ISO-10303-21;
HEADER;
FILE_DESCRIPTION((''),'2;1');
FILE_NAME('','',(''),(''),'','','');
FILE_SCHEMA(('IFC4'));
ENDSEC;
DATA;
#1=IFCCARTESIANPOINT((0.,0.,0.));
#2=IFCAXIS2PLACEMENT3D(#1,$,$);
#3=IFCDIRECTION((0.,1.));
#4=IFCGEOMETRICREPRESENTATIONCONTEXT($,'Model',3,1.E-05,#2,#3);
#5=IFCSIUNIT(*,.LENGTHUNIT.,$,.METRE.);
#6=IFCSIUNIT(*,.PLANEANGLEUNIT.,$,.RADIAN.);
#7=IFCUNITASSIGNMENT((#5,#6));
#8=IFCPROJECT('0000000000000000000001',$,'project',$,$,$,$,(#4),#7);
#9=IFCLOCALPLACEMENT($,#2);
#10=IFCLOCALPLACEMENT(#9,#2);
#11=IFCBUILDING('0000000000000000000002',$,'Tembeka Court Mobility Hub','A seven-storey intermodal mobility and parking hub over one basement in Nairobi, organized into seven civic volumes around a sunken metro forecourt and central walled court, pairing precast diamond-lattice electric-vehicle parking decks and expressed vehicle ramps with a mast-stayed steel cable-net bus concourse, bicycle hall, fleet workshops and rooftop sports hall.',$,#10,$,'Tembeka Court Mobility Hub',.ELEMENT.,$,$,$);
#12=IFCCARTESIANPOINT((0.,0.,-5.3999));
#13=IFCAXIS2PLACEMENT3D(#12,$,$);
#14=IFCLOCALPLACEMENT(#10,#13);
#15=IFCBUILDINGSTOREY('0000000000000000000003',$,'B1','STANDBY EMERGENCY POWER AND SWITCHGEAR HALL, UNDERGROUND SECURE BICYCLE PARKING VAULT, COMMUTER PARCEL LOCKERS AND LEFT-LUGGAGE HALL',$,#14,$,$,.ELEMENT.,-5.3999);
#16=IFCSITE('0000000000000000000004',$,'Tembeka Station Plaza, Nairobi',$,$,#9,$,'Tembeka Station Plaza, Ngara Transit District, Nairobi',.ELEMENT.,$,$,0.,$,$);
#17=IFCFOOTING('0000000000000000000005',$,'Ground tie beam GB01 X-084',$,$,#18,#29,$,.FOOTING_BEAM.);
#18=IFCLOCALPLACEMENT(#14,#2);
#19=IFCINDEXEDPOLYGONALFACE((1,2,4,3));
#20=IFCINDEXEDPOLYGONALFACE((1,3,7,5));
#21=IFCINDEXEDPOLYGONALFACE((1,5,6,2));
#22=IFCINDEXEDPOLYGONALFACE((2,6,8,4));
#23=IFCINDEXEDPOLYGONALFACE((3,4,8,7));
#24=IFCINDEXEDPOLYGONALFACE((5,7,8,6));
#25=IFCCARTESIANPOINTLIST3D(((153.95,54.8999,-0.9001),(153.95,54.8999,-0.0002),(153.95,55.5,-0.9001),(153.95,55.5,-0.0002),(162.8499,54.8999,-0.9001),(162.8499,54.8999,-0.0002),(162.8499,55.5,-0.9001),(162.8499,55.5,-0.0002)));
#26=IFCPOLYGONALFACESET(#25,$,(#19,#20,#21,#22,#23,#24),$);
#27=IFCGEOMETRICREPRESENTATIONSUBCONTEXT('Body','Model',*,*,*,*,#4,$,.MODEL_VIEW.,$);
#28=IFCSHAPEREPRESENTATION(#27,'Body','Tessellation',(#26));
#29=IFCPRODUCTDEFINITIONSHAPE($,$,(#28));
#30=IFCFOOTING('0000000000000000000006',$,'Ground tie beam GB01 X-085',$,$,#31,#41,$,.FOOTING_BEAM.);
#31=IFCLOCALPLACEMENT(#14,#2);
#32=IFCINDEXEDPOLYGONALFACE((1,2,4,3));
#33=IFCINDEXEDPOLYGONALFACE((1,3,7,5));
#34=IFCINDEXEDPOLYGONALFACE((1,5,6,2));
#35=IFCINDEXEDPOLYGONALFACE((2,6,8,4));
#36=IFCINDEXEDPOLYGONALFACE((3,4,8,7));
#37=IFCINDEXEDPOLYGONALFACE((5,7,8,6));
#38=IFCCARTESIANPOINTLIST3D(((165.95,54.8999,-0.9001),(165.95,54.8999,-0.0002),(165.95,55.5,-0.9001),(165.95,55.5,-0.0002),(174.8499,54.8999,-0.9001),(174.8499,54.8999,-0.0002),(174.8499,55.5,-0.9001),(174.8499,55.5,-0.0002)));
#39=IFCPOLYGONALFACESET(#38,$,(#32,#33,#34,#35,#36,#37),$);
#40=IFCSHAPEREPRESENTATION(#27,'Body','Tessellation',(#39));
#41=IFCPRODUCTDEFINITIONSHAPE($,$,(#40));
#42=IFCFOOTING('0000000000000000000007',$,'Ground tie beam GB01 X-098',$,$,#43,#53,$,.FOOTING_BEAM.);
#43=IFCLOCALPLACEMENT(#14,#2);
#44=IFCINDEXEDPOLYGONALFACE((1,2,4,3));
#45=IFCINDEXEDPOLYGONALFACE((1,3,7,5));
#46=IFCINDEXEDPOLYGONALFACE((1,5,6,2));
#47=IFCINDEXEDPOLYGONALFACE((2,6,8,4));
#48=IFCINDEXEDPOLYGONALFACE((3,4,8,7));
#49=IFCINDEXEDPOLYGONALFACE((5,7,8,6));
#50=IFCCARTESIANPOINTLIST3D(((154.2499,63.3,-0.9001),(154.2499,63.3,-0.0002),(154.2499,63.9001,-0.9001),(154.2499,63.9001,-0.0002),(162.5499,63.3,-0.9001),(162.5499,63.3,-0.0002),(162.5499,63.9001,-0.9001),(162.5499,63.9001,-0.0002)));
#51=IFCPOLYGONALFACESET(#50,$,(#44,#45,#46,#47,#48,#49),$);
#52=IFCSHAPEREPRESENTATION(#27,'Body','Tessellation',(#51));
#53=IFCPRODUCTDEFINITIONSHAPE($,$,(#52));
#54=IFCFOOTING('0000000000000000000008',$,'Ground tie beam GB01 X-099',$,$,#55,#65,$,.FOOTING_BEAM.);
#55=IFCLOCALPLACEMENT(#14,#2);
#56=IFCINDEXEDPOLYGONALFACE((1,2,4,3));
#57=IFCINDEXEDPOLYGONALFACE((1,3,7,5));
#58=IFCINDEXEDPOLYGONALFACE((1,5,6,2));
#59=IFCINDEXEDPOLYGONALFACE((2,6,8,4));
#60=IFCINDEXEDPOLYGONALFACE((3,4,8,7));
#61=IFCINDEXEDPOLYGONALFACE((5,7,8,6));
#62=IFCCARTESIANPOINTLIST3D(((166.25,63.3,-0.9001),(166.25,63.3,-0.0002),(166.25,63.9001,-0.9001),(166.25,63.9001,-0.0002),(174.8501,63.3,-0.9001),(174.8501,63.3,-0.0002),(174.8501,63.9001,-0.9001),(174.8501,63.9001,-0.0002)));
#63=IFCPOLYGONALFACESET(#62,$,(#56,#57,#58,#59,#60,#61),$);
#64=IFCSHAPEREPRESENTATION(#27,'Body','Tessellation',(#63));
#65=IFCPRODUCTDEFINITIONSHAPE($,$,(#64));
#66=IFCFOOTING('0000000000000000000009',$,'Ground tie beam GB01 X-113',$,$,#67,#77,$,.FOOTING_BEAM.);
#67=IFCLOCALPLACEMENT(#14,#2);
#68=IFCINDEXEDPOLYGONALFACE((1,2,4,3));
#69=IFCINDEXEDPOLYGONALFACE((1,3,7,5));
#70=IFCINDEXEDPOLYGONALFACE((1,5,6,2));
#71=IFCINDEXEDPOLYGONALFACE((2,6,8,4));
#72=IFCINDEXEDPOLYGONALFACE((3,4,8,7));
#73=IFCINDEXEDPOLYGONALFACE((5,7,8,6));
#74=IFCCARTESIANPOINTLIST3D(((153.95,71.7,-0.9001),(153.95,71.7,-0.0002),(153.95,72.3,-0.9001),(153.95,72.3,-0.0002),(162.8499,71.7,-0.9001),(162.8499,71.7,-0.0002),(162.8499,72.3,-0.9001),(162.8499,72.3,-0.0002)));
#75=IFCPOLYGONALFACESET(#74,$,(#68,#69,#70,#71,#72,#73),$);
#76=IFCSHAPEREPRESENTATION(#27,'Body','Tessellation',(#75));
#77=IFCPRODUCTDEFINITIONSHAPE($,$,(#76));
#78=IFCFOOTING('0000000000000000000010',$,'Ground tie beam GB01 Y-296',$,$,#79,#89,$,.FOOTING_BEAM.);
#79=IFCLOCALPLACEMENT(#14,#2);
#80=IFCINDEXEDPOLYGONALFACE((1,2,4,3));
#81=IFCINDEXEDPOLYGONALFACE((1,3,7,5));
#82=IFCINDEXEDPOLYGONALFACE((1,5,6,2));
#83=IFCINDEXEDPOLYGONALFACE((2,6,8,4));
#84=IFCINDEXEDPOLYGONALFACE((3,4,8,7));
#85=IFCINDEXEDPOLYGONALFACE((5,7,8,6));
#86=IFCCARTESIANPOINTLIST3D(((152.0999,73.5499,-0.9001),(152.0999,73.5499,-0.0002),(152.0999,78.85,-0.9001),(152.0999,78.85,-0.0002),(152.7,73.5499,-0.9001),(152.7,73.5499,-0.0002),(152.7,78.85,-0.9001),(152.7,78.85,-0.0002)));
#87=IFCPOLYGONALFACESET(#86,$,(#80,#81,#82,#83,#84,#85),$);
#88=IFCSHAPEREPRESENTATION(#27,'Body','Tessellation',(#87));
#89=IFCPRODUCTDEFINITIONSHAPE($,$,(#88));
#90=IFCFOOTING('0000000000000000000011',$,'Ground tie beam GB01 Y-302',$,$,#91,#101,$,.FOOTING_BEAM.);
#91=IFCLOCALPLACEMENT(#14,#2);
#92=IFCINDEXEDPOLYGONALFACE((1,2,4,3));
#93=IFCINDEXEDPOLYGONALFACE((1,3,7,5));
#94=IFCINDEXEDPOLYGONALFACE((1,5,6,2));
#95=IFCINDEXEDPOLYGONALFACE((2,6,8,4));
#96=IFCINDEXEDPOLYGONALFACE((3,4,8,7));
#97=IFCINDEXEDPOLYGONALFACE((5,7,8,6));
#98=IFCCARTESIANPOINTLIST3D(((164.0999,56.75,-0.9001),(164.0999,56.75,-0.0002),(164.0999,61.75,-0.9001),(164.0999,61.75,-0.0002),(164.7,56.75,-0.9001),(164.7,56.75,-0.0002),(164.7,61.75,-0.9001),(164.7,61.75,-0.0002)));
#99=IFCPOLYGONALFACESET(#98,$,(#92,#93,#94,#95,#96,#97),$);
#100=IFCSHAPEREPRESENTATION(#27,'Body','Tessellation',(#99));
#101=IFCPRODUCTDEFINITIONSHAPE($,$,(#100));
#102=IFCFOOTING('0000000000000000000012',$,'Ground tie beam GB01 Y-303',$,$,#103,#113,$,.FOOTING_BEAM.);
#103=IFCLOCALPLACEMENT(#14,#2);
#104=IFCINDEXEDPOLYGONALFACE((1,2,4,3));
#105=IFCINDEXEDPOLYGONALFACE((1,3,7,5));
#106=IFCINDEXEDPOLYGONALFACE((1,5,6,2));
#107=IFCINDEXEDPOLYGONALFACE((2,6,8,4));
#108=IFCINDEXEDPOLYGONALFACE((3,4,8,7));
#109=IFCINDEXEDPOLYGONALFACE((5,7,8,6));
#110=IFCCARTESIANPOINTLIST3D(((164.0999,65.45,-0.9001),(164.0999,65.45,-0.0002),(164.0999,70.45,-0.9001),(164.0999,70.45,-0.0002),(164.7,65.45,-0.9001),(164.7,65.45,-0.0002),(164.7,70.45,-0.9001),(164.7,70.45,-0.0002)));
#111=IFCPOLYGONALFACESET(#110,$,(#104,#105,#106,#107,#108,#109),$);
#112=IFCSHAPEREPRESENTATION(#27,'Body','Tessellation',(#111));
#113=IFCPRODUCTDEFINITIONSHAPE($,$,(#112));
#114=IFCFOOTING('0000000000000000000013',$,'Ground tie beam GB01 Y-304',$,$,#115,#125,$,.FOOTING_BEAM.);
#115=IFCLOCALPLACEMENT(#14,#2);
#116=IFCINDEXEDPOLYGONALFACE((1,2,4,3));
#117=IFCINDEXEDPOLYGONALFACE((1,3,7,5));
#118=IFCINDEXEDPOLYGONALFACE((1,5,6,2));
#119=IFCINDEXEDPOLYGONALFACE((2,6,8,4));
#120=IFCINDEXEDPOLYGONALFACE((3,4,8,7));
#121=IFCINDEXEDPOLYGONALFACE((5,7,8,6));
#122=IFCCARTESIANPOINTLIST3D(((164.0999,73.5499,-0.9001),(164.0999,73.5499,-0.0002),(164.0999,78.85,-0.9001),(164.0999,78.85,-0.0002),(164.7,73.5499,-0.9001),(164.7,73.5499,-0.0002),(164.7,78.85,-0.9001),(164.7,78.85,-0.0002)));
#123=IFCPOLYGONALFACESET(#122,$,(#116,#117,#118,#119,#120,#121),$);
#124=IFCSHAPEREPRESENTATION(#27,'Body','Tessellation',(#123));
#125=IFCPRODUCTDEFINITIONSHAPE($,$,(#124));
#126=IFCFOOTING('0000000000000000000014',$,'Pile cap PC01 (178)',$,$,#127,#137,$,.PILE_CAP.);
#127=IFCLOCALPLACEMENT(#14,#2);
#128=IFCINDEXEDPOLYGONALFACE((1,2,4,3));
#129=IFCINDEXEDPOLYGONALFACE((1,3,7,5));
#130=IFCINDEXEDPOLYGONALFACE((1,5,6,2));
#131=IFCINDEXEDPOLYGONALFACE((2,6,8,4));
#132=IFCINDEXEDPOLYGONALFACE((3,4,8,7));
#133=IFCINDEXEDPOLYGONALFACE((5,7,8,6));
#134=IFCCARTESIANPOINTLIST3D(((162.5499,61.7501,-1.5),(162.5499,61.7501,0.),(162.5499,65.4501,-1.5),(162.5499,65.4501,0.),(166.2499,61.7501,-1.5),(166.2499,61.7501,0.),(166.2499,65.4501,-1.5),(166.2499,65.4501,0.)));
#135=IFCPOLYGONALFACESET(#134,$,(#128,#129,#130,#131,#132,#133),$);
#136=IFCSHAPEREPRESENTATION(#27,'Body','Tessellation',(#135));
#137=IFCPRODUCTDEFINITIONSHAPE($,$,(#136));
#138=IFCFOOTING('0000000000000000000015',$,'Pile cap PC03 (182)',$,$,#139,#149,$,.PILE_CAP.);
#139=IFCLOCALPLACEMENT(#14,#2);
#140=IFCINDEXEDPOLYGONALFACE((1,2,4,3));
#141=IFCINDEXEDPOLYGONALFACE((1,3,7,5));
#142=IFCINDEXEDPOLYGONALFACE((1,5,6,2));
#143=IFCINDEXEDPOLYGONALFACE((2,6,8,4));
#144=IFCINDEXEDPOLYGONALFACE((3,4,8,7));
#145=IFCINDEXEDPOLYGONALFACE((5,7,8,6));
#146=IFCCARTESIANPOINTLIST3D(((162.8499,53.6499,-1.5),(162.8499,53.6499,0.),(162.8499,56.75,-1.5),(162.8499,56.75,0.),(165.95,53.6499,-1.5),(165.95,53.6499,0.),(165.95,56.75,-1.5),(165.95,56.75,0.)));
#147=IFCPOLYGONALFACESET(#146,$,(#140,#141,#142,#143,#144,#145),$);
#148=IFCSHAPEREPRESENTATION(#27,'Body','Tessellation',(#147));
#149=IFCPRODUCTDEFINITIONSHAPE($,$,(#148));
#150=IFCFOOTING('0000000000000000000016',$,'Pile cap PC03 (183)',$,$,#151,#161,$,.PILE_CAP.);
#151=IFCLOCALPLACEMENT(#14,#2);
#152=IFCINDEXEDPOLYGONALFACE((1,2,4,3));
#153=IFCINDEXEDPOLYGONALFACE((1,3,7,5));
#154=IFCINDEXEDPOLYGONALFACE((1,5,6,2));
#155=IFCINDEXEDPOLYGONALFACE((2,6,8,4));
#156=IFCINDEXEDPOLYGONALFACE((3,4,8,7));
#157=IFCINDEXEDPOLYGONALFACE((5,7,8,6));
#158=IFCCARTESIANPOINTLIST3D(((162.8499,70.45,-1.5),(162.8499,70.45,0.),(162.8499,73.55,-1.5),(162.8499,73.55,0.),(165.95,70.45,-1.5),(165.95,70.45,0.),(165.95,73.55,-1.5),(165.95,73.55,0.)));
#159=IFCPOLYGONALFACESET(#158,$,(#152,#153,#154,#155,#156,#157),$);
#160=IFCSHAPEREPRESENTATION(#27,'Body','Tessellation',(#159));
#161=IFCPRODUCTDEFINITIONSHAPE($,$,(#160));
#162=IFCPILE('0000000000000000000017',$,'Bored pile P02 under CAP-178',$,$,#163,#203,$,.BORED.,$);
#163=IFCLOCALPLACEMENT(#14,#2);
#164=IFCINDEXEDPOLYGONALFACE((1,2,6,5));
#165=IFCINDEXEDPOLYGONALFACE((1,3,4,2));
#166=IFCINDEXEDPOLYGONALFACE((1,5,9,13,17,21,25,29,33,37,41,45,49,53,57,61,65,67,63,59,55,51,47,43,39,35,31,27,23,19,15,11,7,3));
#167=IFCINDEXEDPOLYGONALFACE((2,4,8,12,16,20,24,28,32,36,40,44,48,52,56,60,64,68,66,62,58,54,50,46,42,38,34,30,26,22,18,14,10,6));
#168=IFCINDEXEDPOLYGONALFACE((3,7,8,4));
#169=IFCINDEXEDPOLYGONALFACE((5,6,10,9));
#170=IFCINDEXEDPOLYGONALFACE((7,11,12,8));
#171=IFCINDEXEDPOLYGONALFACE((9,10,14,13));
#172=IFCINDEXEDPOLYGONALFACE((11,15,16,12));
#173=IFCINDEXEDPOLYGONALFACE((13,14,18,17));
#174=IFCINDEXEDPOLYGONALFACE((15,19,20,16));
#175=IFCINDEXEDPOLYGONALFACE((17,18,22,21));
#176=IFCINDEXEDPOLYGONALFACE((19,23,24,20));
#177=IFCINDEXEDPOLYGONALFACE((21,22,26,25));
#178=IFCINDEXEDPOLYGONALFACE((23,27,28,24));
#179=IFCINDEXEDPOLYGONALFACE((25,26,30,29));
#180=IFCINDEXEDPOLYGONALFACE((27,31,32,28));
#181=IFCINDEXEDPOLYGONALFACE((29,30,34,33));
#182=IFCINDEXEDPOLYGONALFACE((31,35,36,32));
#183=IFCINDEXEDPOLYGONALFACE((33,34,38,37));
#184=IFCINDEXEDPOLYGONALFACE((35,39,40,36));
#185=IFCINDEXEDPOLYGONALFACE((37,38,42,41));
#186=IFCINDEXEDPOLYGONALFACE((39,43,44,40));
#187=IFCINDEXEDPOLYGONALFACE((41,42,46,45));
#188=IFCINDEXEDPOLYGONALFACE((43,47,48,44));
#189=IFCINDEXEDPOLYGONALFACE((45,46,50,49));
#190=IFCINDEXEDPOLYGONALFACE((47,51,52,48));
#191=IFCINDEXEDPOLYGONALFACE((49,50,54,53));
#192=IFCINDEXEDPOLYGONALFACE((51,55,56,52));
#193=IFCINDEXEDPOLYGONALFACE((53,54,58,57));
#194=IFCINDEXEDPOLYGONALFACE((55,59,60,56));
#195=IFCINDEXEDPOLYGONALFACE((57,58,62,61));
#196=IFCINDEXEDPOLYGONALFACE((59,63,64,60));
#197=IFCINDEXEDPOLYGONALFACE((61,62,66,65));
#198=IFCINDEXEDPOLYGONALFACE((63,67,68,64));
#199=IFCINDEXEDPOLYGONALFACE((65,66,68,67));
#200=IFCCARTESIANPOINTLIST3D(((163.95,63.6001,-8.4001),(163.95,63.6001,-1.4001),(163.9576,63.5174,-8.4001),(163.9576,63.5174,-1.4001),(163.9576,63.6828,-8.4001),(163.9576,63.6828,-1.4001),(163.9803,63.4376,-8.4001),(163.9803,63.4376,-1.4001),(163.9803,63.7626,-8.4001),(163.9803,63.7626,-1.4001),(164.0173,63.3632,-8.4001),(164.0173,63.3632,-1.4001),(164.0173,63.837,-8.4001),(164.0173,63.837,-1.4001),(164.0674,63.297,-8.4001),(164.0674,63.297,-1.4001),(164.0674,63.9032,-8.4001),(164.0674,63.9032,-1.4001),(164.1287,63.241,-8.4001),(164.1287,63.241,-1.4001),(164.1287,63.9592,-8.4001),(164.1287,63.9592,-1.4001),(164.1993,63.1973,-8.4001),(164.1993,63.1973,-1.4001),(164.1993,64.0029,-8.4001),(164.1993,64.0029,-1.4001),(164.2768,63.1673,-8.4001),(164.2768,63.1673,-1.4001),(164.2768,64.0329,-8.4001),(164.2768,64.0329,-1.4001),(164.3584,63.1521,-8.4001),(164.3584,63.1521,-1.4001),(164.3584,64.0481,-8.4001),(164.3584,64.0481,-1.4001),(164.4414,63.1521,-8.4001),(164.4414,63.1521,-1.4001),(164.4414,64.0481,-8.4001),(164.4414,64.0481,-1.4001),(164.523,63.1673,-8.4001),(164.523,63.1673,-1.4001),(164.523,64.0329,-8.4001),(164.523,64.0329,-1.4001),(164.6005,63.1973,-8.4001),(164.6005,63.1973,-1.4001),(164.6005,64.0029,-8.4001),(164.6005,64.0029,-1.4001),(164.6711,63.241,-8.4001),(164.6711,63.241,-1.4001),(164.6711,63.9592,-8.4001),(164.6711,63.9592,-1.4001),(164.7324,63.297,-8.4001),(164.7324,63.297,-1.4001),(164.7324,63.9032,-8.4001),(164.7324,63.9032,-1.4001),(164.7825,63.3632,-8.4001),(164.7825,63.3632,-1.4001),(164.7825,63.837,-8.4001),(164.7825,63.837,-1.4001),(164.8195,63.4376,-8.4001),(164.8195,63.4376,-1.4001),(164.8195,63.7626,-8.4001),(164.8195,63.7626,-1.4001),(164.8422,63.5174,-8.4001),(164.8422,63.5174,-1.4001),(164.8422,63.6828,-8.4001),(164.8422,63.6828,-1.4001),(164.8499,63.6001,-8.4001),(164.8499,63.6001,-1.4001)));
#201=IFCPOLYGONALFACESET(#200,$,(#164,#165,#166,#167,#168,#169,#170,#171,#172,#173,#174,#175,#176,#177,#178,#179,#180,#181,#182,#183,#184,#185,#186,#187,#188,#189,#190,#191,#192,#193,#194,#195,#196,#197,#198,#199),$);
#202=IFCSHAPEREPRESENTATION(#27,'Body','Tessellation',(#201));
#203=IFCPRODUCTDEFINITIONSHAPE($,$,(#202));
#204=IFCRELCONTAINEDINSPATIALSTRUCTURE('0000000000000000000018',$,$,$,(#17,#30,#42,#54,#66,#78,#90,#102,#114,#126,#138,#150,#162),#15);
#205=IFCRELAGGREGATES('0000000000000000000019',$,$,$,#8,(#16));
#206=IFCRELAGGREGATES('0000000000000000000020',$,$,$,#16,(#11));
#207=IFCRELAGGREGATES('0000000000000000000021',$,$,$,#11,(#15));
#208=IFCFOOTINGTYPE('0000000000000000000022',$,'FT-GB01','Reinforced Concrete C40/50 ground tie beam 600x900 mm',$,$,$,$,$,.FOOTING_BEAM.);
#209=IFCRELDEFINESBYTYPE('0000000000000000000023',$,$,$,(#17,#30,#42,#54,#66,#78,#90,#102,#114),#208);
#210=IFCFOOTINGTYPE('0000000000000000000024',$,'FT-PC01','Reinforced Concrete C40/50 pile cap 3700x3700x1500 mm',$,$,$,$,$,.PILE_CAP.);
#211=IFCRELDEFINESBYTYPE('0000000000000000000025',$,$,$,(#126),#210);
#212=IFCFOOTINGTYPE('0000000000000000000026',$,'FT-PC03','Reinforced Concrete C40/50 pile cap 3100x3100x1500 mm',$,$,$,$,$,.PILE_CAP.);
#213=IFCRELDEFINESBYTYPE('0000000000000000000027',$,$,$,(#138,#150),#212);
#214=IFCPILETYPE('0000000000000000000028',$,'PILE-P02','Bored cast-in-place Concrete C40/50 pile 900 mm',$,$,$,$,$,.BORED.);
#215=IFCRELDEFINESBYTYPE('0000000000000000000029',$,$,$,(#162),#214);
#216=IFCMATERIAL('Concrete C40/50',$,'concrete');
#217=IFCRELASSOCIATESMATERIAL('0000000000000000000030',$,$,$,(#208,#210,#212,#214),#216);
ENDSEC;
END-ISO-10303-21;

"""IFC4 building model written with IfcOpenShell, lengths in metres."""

from ifc_helpers import new_model, si_unit, direction, frame, origin, origin_2d, place, context, subcontext, project, spatial, rectangle, circle, extrude, material, material_profile, profile_set, type_object, element, save


model = new_model("IFC4")

# Units and contexts
model_context = context("Model", 3, precision=1e-05, world=origin(), true_north=direction((0.0, 1.0)))
body_context = subcontext(model_context, "Body", "Model", "MODEL_VIEW")
ifc_project = project(units=[si_unit("LENGTHUNIT", "METRE"), si_unit("PLANEANGLEUNIT", "RADIAN")], contexts=[model_context])

# Site, building, storey
site_placement = place(None, origin())
site = spatial("IfcSite", under=ifc_project, at=site_placement, Name="Tembeka Station Plaza, Nairobi", LongName="Tembeka Station Plaza, Ngara Transit District, Nairobi", CompositionType="ELEMENT", RefElevation=0.0)
building_placement = place(site_placement, origin())
building = spatial("IfcBuilding", under=site, at=building_placement, Name="Tembeka Court Mobility Hub", Description="A seven-storey intermodal mobility and parking hub over one basement in Nairobi, organized into seven civic volumes around a sunken metro forecourt and central walled court, pairing precast diamond-lattice electric-vehicle parking decks and expressed vehicle ramps with a mast-stayed steel cable-net bus concourse, bicycle hall, fleet workshops and rooftop sports hall.", LongName="Tembeka Court Mobility Hub", CompositionType="ELEMENT")
storey_placement = place(building_placement, frame((0.0, 0.0, -5.3999)))
storey = spatial("IfcBuildingStorey", under=building, at=storey_placement, Name="B1", Description="STANDBY EMERGENCY POWER AND SWITCHGEAR HALL, UNDERGROUND SECURE BICYCLE PARKING VAULT, COMMUTER PARCEL LOCKERS AND LEFT-LUGGAGE HALL", CompositionType="ELEMENT", Elevation=-5.3999)

# Footings
ifc_material_1 = material(Name="Concrete C40/50", Category="concrete")
footing_type_1 = type_object("IfcFootingType", Name="FT-GB01", Description="Reinforced Concrete C40/50 ground tie beam 600x900 mm", PredefinedType="FOOTING_BEAM", material=ifc_material_1)
for number, where, z_axis, x_axis, name in (
    (1, (158.3999, 55.2, -0.9001), (0.0, 0.0, 1.0), (1.0, 0.0, 0.0), "Ground tie beam GB01 X-084"),
    (2, (170.3999, 55.2, -0.9001), (0.0, 0.0, 1.0), (1.0, 0.0, 0.0), "Ground tie beam GB01 X-085"),
):
    element("IfcFooting", number, at=place(storey_placement, frame(where, z_axis=z_axis, x_axis=x_axis)), inside=storey, type_object=footing_type_1, Name=name, PredefinedType="FOOTING_BEAM", context=body_context, shape_type="SweptSolid", body=[
        extrude(rectangle(XDim=8.8999, YDim=0.6001, at=origin_2d()), origin(), (0.0, 0.0, 1.0), 0.8999),
    ])
footing_1_placement = place(storey_placement, frame((158.3999, 63.6001, -0.9001), z_axis=(0.0, 0.0, 1.0), x_axis=(1.0, 0.0, 0.0)))
element("IfcFooting", 3, at=footing_1_placement, inside=storey, type_object=footing_type_1, Name="Ground tie beam GB01 X-098", PredefinedType="FOOTING_BEAM", context=body_context, shape_type="SweptSolid", body=[
    extrude(rectangle(XDim=8.3, YDim=0.6001, at=origin_2d()), origin(), (0.0, 0.0, 1.0), 0.8999),
])
footing_2_placement = place(storey_placement, frame((170.55, 63.6001, -0.9001), z_axis=(0.0, 0.0, 1.0), x_axis=(1.0, 0.0, 0.0)))
element("IfcFooting", 4, at=footing_2_placement, inside=storey, type_object=footing_type_1, Name="Ground tie beam GB01 X-099", PredefinedType="FOOTING_BEAM", context=body_context, shape_type="SweptSolid", body=[
    extrude(rectangle(XDim=8.6001, YDim=0.6001, at=origin_2d()), origin(), (0.0, 0.0, 1.0), 0.8999),
])
footing_3_placement = place(storey_placement, frame((158.3999, 72.0, -0.9001), z_axis=(0.0, 0.0, 1.0), x_axis=(1.0, 0.0, 0.0)))
element("IfcFooting", 5, at=footing_3_placement, inside=storey, type_object=footing_type_1, Name="Ground tie beam GB01 X-113", PredefinedType="FOOTING_BEAM", context=body_context, shape_type="SweptSolid", body=[
    extrude(rectangle(XDim=8.8999, YDim=0.6001, at=origin_2d()), origin(), (0.0, 0.0, 1.0), 0.8999),
])
footing_4_placement = place(storey_placement, frame((152.3999, 76.2, -0.9001), z_axis=(0.0, 0.0, 1.0), x_axis=(0.0, 1.0, 0.0)))
element("IfcFooting", 6, at=footing_4_placement, inside=storey, type_object=footing_type_1, Name="Ground tie beam GB01 Y-296", PredefinedType="FOOTING_BEAM", context=body_context, shape_type="SweptSolid", body=[
    extrude(rectangle(XDim=5.3, YDim=0.6001, at=origin_2d()), origin(), (0.0, 0.0, 1.0), 0.8999),
])
for number, where, z_axis, x_axis, name in (
    (7, (164.3999, 59.25, -0.9001), (0.0, 0.0, 1.0), (0.0, 1.0, 0.0), "Ground tie beam GB01 Y-302"),
    (8, (164.3999, 67.95, -0.9001), (0.0, 0.0, 1.0), (0.0, 1.0, 0.0), "Ground tie beam GB01 Y-303"),
):
    element("IfcFooting", number, at=place(storey_placement, frame(where, z_axis=z_axis, x_axis=x_axis)), inside=storey, type_object=footing_type_1, Name=name, PredefinedType="FOOTING_BEAM", context=body_context, shape_type="SweptSolid", body=[
        extrude(rectangle(XDim=5.0, YDim=0.6001, at=origin_2d()), origin(), (0.0, 0.0, 1.0), 0.8999),
    ])
footing_5_placement = place(storey_placement, frame((164.3999, 76.2, -0.9001), z_axis=(0.0, 0.0, 1.0), x_axis=(0.0, 1.0, 0.0)))
element("IfcFooting", 9, at=footing_5_placement, inside=storey, type_object=footing_type_1, Name="Ground tie beam GB01 Y-304", PredefinedType="FOOTING_BEAM", context=body_context, shape_type="SweptSolid", body=[
    extrude(rectangle(XDim=5.3, YDim=0.6001, at=origin_2d()), origin(), (0.0, 0.0, 1.0), 0.8999),
])
footing_type_2 = type_object("IfcFootingType", Name="FT-PC01", Description="Reinforced Concrete C40/50 pile cap 3700x3700x1500 mm", PredefinedType="PILE_CAP", material=ifc_material_1)
footing_6_placement = place(storey_placement, frame((164.3999, 63.6001, -1.5), z_axis=(0.0, 0.0, 1.0), x_axis=(1.0, 0.0, 0.0)))
element("IfcFooting", 10, at=footing_6_placement, inside=storey, type_object=footing_type_2, Name="Pile cap PC01 (178)", PredefinedType="PILE_CAP", context=body_context, shape_type="SweptSolid", body=[
    extrude(rectangle(XDim=3.7, YDim=3.7, at=origin_2d()), origin(), (0.0, 0.0, 1.0), 1.5),
])
footing_type_3 = type_object("IfcFootingType", Name="FT-PC03", Description="Reinforced Concrete C40/50 pile cap 3100x3100x1500 mm", PredefinedType="PILE_CAP", material=ifc_material_1)
for number, where, z_axis, x_axis, name in (
    (11, (164.3999, 55.2, -1.5), (0.0, 0.0, 1.0), (1.0, 0.0, 0.0), "Pile cap PC03 (182)"),
    (12, (164.3999, 72.0, -1.5), (0.0, 0.0, 1.0), (1.0, 0.0, 0.0), "Pile cap PC03 (183)"),
):
    element("IfcFooting", number, at=place(storey_placement, frame(where, z_axis=z_axis, x_axis=x_axis)), inside=storey, type_object=footing_type_3, Name=name, PredefinedType="PILE_CAP", context=body_context, shape_type="SweptSolid", body=[
        extrude(rectangle(XDim=3.1001, YDim=3.1001, at=origin_2d()), origin(), (0.0, 0.0, 1.0), 1.5),
    ])

# Pile
ifc_material_profile_1 = material_profile(ifc_material_1, circle(Radius=0.45, at=origin_2d()), Name="PILE D900")
ifc_profile_set_1 = profile_set([ifc_material_profile_1], Name="Concrete C40/50")
pile_type = type_object("IfcPileType", Name="PILE-P02", Description="Bored cast-in-place Concrete C40/50 pile 900 mm", PredefinedType="BORED", material=ifc_profile_set_1)
for number, where, z_axis, x_axis, name in (
    (13, (164.3999, 63.6001, -1.4001), (0.0, 0.0, -1.0), (1.0, 0.0, 0.0), "Bored pile P02 under CAP-178"),
):
    element("IfcPile", number, at=place(storey_placement, frame(where, z_axis=z_axis, x_axis=x_axis)), inside=storey, type_object=pile_type, Name=name, PredefinedType="BORED", context=body_context, shape_type="SweptSolid", body=[
        extrude(circle(Radius=0.45, at=origin_2d()), origin(), (0.0, 0.0, 1.0), 7.0),
    ])

save(model, "model.ifc")
